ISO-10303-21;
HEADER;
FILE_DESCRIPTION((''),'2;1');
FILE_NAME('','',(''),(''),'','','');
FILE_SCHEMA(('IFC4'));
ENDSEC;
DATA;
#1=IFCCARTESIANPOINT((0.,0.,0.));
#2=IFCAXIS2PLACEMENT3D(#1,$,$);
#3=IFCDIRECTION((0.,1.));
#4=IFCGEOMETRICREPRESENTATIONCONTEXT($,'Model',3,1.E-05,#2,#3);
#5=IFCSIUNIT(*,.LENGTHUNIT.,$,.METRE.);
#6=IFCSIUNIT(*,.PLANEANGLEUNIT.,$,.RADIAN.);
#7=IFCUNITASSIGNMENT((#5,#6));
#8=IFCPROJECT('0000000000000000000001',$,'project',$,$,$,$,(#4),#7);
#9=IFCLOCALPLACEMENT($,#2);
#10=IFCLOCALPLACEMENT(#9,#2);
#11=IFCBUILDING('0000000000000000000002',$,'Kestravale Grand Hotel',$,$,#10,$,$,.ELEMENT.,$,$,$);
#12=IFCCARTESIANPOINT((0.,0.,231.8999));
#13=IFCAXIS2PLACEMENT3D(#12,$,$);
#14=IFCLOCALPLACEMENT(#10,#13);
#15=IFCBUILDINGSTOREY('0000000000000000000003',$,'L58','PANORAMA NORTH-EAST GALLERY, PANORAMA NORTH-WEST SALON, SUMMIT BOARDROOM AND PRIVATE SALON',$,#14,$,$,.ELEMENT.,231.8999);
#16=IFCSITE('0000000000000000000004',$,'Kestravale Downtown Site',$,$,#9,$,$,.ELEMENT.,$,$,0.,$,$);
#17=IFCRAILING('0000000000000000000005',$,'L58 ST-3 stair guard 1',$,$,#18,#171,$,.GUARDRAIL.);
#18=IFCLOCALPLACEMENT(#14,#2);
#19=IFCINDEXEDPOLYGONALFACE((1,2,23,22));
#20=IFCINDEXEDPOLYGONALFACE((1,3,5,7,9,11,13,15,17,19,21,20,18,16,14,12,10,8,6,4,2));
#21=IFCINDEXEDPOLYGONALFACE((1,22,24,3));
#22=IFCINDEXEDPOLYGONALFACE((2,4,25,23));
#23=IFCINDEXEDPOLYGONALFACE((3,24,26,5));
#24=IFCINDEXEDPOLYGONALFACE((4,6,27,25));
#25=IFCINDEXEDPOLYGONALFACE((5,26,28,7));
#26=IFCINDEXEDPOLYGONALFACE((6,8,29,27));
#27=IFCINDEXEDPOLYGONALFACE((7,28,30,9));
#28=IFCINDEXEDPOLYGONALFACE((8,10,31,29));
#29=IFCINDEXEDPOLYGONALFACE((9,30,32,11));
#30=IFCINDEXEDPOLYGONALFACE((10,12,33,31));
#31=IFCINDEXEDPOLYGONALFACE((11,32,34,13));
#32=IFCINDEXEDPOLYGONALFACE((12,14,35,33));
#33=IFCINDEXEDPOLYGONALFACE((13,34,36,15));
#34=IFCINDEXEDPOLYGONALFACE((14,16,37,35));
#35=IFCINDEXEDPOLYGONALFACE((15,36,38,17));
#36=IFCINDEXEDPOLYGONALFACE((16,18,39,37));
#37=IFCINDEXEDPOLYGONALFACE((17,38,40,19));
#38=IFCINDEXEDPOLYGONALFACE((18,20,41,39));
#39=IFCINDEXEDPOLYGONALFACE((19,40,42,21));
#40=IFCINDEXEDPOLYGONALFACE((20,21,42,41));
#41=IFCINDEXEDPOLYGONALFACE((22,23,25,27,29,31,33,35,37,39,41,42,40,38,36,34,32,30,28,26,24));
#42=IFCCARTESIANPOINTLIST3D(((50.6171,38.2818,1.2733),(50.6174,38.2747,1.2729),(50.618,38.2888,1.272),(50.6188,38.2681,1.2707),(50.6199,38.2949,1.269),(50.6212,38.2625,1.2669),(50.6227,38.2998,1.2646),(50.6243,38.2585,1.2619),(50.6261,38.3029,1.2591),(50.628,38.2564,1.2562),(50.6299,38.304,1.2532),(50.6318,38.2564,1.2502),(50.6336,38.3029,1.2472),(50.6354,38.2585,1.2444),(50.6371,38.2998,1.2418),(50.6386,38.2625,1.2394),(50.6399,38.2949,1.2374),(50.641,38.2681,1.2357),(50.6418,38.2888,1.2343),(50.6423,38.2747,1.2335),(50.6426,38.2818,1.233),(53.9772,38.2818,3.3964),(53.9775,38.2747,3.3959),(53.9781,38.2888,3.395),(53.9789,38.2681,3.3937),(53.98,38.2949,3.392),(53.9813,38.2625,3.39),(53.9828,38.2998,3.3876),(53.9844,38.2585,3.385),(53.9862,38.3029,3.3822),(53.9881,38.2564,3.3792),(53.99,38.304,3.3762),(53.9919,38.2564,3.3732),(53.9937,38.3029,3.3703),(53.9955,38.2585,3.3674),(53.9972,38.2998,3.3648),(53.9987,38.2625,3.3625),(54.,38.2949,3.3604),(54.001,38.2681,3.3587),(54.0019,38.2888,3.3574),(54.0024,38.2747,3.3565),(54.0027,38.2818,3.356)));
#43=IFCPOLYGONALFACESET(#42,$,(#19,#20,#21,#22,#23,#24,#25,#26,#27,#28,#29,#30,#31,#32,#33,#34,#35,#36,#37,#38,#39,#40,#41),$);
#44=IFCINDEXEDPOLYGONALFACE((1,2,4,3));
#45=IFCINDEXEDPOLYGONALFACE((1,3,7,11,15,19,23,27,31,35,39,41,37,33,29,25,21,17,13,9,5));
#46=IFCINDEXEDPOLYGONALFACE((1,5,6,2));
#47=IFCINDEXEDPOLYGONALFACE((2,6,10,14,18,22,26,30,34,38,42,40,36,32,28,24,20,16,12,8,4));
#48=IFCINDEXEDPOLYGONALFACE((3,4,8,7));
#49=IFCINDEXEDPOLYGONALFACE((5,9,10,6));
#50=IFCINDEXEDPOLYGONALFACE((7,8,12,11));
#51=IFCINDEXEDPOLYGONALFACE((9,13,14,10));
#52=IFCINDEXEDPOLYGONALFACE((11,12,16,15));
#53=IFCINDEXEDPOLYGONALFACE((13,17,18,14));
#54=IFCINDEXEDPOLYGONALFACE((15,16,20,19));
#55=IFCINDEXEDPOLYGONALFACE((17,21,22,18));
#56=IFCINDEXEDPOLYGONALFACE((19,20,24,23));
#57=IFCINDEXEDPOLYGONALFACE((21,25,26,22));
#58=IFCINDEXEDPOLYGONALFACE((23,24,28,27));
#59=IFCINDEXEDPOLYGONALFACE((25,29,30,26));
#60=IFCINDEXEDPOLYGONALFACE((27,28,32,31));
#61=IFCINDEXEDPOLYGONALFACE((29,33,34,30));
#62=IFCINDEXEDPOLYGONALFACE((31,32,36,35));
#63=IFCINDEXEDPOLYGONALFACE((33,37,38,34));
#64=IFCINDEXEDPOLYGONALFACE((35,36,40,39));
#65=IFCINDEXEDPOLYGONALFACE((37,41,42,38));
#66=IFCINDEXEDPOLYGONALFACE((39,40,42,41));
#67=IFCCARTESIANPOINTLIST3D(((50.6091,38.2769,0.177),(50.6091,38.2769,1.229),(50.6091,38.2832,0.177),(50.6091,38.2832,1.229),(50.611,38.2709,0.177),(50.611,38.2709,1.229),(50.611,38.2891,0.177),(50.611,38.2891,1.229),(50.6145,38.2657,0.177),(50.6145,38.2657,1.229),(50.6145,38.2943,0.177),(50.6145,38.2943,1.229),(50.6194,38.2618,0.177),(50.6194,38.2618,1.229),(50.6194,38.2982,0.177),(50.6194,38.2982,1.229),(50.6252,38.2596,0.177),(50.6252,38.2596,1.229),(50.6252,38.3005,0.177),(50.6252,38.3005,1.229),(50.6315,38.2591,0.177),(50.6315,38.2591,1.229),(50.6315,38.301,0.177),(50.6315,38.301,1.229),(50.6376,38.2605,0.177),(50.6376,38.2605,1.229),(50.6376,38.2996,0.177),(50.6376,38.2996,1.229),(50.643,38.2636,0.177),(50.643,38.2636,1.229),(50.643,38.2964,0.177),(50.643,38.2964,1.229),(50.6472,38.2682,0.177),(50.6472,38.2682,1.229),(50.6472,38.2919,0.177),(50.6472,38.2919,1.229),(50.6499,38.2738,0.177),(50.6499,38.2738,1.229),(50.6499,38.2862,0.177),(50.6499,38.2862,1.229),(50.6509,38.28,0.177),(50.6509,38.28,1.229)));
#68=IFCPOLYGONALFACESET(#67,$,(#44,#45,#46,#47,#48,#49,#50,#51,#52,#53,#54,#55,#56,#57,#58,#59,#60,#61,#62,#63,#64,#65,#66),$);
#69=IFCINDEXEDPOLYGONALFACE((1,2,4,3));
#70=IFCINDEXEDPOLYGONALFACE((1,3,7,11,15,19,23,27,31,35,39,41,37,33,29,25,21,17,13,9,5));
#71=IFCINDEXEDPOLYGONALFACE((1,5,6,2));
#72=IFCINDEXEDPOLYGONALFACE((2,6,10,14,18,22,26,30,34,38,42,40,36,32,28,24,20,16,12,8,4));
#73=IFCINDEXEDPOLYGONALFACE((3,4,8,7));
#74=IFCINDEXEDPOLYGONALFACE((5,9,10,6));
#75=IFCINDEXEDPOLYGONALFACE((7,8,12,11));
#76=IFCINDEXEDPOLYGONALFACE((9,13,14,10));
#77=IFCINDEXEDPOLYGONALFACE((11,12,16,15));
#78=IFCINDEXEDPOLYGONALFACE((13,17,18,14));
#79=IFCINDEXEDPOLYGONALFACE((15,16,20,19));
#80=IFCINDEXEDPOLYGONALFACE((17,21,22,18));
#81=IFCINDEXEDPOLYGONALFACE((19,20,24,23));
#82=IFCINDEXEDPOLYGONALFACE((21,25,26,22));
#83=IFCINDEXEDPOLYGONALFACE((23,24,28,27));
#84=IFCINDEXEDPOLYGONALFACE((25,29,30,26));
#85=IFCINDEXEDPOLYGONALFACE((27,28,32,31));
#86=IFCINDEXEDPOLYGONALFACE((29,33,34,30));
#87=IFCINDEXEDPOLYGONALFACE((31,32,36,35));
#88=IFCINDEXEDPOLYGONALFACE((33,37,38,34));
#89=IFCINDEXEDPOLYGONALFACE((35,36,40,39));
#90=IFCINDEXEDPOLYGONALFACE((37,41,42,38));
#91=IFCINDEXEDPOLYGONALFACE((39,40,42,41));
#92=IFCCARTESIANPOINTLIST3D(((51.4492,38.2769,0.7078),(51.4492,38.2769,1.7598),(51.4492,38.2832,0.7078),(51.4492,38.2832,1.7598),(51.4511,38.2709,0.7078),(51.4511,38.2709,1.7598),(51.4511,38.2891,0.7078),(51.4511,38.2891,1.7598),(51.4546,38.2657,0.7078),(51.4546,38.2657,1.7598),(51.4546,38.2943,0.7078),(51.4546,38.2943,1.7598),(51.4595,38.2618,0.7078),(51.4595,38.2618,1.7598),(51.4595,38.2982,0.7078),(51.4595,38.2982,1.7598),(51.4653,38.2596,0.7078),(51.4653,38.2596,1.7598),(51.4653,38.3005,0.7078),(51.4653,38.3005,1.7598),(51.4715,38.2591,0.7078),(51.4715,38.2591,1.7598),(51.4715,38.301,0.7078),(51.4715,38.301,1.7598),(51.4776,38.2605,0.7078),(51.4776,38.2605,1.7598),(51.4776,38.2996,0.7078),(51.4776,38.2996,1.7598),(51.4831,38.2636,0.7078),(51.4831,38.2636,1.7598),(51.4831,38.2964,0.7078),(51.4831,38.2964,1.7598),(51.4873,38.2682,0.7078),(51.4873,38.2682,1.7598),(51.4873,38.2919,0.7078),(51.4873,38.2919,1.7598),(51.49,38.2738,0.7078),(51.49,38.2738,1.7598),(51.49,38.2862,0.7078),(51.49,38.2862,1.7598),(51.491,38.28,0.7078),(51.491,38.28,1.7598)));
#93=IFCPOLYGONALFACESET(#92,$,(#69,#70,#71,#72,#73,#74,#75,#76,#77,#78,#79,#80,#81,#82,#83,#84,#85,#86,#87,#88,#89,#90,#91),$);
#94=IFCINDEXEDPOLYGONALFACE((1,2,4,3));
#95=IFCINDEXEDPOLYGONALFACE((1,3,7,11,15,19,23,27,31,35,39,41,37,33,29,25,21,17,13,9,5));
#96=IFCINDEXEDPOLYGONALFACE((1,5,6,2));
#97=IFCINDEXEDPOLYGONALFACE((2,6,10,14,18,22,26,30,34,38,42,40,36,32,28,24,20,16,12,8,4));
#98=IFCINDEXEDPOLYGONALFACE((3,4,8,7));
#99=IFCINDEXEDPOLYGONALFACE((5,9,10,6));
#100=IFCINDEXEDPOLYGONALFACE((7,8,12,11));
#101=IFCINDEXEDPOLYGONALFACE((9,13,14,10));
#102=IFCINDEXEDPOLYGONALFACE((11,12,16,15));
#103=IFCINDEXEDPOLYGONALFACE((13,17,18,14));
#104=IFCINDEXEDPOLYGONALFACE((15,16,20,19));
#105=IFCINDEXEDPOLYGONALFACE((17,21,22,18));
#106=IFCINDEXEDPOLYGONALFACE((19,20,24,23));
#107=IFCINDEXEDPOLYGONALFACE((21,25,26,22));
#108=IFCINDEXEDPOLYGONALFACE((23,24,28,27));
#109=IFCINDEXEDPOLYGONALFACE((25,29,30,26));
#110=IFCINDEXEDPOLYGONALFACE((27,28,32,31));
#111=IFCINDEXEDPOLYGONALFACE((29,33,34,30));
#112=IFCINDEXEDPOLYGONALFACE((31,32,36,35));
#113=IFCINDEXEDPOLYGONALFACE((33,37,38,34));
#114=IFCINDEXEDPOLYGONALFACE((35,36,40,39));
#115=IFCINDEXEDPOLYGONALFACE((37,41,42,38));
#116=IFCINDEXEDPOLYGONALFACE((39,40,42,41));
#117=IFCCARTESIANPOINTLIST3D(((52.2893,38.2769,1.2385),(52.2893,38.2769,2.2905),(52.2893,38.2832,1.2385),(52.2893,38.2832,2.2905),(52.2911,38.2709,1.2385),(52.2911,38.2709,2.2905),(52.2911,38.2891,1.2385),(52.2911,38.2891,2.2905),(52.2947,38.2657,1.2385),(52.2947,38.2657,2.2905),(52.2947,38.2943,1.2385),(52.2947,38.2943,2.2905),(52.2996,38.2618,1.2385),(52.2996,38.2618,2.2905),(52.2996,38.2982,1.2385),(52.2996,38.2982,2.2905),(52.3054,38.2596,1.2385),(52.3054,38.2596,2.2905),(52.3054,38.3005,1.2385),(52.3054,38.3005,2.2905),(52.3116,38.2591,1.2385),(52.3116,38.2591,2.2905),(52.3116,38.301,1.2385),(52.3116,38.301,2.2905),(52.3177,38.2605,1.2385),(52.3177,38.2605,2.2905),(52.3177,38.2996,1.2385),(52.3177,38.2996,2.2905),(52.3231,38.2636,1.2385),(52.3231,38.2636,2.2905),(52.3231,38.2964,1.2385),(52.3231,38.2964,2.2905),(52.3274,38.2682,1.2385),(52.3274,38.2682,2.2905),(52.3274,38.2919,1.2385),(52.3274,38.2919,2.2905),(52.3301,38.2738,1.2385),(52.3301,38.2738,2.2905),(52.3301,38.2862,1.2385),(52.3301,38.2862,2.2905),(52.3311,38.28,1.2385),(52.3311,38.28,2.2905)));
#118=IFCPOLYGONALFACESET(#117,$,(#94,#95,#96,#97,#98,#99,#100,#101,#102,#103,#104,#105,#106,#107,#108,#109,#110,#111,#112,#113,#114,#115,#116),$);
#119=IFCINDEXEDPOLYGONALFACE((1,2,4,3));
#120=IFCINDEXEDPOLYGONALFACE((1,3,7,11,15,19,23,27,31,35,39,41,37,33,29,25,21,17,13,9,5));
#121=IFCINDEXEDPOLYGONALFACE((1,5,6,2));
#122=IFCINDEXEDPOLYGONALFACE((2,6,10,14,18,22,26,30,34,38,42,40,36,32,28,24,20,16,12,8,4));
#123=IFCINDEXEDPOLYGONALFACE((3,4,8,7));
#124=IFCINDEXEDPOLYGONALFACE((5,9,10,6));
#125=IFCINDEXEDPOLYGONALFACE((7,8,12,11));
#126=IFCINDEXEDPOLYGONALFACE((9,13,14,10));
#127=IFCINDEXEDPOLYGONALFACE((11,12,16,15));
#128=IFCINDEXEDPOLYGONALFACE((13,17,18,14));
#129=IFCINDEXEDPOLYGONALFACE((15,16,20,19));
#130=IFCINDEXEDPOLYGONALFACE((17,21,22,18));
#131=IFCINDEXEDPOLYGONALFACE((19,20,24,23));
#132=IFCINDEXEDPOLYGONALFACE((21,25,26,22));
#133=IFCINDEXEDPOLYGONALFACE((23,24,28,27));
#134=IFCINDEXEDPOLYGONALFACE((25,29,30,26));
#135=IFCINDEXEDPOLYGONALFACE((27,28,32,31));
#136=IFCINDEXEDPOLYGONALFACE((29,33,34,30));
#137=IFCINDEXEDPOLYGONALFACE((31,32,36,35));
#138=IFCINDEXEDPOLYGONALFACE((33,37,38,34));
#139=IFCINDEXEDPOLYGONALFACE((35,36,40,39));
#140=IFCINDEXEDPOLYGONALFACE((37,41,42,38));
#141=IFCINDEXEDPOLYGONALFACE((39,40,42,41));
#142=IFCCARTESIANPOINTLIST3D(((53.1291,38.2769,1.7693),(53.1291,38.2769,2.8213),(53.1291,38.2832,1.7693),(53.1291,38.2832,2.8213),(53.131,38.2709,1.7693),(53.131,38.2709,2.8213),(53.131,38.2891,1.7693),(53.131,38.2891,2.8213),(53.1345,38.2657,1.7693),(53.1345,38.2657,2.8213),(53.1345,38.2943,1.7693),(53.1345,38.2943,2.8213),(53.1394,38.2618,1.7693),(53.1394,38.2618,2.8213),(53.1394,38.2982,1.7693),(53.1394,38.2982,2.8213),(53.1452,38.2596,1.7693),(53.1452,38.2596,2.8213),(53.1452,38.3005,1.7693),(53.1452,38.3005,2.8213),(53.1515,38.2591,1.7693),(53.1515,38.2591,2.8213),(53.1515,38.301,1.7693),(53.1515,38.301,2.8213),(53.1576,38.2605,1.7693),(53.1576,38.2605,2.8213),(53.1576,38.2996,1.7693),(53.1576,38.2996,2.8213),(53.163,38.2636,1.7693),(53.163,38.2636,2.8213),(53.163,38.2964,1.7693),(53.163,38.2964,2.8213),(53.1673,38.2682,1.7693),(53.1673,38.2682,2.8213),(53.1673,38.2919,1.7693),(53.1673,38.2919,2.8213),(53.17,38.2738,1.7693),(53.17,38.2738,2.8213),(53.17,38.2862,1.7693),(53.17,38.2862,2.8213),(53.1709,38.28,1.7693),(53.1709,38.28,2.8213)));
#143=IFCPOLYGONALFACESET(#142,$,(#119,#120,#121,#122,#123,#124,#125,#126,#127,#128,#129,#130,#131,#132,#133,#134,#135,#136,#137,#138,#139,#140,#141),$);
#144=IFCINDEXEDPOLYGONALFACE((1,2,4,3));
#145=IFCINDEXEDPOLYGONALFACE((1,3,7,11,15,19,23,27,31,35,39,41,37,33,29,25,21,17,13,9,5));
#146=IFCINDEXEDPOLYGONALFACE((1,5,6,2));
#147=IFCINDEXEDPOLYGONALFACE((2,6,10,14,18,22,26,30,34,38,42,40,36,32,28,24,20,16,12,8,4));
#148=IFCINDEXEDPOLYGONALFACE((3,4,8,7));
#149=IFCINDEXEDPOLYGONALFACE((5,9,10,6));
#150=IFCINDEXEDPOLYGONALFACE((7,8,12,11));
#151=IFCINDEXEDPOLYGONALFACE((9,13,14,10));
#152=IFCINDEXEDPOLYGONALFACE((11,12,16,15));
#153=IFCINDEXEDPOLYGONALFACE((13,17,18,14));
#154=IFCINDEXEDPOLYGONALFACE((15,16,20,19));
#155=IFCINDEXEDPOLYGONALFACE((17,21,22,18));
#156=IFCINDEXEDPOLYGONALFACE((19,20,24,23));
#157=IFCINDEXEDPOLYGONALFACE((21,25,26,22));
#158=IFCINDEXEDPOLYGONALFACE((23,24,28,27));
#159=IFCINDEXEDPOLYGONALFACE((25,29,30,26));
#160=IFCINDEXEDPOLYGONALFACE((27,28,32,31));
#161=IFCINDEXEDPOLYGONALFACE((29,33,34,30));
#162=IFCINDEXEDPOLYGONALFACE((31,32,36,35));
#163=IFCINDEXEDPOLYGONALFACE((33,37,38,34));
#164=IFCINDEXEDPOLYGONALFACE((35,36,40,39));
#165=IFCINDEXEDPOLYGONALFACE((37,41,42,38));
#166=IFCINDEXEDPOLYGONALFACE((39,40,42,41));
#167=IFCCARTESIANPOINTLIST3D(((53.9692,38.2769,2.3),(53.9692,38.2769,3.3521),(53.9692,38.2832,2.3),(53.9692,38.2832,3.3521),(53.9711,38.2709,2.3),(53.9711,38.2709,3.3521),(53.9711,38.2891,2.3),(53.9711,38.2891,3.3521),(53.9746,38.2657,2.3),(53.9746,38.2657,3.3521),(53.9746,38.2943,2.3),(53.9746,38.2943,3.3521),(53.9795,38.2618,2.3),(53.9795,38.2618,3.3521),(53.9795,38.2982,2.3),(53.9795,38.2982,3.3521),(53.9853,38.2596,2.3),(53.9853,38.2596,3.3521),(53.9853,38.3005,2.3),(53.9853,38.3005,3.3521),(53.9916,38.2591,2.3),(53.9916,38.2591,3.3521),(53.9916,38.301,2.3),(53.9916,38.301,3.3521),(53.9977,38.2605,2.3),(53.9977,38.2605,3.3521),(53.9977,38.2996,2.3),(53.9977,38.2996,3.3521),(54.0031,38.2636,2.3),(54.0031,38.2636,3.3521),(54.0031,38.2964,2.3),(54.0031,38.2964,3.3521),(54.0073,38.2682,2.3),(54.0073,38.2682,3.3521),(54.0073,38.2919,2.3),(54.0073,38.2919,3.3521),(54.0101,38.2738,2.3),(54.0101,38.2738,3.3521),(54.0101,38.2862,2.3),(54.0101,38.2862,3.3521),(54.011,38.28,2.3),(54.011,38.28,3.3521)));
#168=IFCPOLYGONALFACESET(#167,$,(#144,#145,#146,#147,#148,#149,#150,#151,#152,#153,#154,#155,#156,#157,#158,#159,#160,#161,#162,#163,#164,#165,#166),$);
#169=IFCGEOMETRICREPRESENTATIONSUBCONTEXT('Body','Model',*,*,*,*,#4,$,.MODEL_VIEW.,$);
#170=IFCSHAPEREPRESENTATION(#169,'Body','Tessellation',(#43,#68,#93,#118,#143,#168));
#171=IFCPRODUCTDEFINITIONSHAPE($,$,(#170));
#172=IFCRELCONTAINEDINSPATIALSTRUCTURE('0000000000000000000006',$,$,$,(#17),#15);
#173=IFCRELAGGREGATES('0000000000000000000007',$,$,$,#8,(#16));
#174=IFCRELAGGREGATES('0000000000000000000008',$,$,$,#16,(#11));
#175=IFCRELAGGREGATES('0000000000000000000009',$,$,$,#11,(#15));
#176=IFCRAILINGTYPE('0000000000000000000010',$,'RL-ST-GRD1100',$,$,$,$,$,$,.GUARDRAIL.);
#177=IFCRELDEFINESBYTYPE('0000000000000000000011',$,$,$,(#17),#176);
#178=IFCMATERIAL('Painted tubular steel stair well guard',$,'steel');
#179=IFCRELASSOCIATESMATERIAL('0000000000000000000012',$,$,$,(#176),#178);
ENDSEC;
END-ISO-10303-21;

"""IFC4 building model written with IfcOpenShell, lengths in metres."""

from ifc_helpers import new_model, si_unit, direction, frame, origin, origin_2d, place, context, subcontext, project, spatial, circle, extrude, material, type_object, element, save


model = new_model("IFC4")

# Units and contexts
model_context = context("Model", 3, precision=1e-05, world=origin(), true_north=direction((0.0, 1.0)))
body_context = subcontext(model_context, "Body", "Model", "MODEL_VIEW")
ifc_project = project(units=[si_unit("LENGTHUNIT", "METRE"), si_unit("PLANEANGLEUNIT", "RADIAN")], contexts=[model_context])

# Site, building, storey
site_placement = place(None, origin())
site = spatial("IfcSite", under=ifc_project, at=site_placement, Name="Kestravale Downtown Site", CompositionType="ELEMENT", RefElevation=0.0)
building_placement = place(site_placement, origin())
building = spatial("IfcBuilding", under=site, at=building_placement, Name="Kestravale Grand Hotel", CompositionType="ELEMENT")
storey_placement = place(building_placement, frame((0.0, 0.0, 231.8999)))
storey = spatial("IfcBuildingStorey", under=building, at=storey_placement, Name="L58", Description="PANORAMA NORTH-EAST GALLERY, PANORAMA NORTH-WEST SALON, SUMMIT BOARDROOM AND PRIVATE SALON", CompositionType="ELEMENT", Elevation=231.8999)

# Railing
ifc_material_1 = material(Name="Painted tubular steel stair well guard", Category="steel")
railing_type_1 = type_object("IfcRailingType", Name="RL-ST-GRD1100", PredefinedType="GUARDRAIL", material=ifc_material_1)
railing_1_placement = place(storey_placement, frame((50.6299, 38.28, 0.177)))
element("IfcRailing", 1, at=railing_1_placement, inside=storey, type_object=railing_type_1, Name="L58 ST-3 stair guard 1", PredefinedType="GUARDRAIL", context=body_context, shape_type="SweptSolid", body=[
    extrude(circle(Radius=0.0239, at=origin_2d()), frame((0.0, 0.0, 1.0762), z_axis=(0.84539, 0.0, 0.53415), x_axis=(0.0, 1.0, 0.0)), (0.0, 0.0, 1.0), 3.9746),
    extrude(circle(Radius=0.021, at=origin_2d()), origin(), (0.0, 0.0, 1.0), 1.052),
    extrude(circle(Radius=0.021, at=origin_2d()), frame((0.8401, 0.0, 0.5308)), (0.0, 0.0, 1.0), 1.052),
    extrude(circle(Radius=0.021, at=origin_2d()), frame((1.6802, 0.0, 1.0615)), (0.0, 0.0, 1.0), 1.052),
    extrude(circle(Radius=0.021, at=origin_2d()), frame((2.52, 0.0, 1.5923)), (0.0, 0.0, 1.0), 1.052),
    extrude(circle(Radius=0.021, at=origin_2d()), frame((3.3601, 0.0, 2.123)), (0.0, 0.0, 1.0), 1.052),
])

save(model, "model.ifc")
